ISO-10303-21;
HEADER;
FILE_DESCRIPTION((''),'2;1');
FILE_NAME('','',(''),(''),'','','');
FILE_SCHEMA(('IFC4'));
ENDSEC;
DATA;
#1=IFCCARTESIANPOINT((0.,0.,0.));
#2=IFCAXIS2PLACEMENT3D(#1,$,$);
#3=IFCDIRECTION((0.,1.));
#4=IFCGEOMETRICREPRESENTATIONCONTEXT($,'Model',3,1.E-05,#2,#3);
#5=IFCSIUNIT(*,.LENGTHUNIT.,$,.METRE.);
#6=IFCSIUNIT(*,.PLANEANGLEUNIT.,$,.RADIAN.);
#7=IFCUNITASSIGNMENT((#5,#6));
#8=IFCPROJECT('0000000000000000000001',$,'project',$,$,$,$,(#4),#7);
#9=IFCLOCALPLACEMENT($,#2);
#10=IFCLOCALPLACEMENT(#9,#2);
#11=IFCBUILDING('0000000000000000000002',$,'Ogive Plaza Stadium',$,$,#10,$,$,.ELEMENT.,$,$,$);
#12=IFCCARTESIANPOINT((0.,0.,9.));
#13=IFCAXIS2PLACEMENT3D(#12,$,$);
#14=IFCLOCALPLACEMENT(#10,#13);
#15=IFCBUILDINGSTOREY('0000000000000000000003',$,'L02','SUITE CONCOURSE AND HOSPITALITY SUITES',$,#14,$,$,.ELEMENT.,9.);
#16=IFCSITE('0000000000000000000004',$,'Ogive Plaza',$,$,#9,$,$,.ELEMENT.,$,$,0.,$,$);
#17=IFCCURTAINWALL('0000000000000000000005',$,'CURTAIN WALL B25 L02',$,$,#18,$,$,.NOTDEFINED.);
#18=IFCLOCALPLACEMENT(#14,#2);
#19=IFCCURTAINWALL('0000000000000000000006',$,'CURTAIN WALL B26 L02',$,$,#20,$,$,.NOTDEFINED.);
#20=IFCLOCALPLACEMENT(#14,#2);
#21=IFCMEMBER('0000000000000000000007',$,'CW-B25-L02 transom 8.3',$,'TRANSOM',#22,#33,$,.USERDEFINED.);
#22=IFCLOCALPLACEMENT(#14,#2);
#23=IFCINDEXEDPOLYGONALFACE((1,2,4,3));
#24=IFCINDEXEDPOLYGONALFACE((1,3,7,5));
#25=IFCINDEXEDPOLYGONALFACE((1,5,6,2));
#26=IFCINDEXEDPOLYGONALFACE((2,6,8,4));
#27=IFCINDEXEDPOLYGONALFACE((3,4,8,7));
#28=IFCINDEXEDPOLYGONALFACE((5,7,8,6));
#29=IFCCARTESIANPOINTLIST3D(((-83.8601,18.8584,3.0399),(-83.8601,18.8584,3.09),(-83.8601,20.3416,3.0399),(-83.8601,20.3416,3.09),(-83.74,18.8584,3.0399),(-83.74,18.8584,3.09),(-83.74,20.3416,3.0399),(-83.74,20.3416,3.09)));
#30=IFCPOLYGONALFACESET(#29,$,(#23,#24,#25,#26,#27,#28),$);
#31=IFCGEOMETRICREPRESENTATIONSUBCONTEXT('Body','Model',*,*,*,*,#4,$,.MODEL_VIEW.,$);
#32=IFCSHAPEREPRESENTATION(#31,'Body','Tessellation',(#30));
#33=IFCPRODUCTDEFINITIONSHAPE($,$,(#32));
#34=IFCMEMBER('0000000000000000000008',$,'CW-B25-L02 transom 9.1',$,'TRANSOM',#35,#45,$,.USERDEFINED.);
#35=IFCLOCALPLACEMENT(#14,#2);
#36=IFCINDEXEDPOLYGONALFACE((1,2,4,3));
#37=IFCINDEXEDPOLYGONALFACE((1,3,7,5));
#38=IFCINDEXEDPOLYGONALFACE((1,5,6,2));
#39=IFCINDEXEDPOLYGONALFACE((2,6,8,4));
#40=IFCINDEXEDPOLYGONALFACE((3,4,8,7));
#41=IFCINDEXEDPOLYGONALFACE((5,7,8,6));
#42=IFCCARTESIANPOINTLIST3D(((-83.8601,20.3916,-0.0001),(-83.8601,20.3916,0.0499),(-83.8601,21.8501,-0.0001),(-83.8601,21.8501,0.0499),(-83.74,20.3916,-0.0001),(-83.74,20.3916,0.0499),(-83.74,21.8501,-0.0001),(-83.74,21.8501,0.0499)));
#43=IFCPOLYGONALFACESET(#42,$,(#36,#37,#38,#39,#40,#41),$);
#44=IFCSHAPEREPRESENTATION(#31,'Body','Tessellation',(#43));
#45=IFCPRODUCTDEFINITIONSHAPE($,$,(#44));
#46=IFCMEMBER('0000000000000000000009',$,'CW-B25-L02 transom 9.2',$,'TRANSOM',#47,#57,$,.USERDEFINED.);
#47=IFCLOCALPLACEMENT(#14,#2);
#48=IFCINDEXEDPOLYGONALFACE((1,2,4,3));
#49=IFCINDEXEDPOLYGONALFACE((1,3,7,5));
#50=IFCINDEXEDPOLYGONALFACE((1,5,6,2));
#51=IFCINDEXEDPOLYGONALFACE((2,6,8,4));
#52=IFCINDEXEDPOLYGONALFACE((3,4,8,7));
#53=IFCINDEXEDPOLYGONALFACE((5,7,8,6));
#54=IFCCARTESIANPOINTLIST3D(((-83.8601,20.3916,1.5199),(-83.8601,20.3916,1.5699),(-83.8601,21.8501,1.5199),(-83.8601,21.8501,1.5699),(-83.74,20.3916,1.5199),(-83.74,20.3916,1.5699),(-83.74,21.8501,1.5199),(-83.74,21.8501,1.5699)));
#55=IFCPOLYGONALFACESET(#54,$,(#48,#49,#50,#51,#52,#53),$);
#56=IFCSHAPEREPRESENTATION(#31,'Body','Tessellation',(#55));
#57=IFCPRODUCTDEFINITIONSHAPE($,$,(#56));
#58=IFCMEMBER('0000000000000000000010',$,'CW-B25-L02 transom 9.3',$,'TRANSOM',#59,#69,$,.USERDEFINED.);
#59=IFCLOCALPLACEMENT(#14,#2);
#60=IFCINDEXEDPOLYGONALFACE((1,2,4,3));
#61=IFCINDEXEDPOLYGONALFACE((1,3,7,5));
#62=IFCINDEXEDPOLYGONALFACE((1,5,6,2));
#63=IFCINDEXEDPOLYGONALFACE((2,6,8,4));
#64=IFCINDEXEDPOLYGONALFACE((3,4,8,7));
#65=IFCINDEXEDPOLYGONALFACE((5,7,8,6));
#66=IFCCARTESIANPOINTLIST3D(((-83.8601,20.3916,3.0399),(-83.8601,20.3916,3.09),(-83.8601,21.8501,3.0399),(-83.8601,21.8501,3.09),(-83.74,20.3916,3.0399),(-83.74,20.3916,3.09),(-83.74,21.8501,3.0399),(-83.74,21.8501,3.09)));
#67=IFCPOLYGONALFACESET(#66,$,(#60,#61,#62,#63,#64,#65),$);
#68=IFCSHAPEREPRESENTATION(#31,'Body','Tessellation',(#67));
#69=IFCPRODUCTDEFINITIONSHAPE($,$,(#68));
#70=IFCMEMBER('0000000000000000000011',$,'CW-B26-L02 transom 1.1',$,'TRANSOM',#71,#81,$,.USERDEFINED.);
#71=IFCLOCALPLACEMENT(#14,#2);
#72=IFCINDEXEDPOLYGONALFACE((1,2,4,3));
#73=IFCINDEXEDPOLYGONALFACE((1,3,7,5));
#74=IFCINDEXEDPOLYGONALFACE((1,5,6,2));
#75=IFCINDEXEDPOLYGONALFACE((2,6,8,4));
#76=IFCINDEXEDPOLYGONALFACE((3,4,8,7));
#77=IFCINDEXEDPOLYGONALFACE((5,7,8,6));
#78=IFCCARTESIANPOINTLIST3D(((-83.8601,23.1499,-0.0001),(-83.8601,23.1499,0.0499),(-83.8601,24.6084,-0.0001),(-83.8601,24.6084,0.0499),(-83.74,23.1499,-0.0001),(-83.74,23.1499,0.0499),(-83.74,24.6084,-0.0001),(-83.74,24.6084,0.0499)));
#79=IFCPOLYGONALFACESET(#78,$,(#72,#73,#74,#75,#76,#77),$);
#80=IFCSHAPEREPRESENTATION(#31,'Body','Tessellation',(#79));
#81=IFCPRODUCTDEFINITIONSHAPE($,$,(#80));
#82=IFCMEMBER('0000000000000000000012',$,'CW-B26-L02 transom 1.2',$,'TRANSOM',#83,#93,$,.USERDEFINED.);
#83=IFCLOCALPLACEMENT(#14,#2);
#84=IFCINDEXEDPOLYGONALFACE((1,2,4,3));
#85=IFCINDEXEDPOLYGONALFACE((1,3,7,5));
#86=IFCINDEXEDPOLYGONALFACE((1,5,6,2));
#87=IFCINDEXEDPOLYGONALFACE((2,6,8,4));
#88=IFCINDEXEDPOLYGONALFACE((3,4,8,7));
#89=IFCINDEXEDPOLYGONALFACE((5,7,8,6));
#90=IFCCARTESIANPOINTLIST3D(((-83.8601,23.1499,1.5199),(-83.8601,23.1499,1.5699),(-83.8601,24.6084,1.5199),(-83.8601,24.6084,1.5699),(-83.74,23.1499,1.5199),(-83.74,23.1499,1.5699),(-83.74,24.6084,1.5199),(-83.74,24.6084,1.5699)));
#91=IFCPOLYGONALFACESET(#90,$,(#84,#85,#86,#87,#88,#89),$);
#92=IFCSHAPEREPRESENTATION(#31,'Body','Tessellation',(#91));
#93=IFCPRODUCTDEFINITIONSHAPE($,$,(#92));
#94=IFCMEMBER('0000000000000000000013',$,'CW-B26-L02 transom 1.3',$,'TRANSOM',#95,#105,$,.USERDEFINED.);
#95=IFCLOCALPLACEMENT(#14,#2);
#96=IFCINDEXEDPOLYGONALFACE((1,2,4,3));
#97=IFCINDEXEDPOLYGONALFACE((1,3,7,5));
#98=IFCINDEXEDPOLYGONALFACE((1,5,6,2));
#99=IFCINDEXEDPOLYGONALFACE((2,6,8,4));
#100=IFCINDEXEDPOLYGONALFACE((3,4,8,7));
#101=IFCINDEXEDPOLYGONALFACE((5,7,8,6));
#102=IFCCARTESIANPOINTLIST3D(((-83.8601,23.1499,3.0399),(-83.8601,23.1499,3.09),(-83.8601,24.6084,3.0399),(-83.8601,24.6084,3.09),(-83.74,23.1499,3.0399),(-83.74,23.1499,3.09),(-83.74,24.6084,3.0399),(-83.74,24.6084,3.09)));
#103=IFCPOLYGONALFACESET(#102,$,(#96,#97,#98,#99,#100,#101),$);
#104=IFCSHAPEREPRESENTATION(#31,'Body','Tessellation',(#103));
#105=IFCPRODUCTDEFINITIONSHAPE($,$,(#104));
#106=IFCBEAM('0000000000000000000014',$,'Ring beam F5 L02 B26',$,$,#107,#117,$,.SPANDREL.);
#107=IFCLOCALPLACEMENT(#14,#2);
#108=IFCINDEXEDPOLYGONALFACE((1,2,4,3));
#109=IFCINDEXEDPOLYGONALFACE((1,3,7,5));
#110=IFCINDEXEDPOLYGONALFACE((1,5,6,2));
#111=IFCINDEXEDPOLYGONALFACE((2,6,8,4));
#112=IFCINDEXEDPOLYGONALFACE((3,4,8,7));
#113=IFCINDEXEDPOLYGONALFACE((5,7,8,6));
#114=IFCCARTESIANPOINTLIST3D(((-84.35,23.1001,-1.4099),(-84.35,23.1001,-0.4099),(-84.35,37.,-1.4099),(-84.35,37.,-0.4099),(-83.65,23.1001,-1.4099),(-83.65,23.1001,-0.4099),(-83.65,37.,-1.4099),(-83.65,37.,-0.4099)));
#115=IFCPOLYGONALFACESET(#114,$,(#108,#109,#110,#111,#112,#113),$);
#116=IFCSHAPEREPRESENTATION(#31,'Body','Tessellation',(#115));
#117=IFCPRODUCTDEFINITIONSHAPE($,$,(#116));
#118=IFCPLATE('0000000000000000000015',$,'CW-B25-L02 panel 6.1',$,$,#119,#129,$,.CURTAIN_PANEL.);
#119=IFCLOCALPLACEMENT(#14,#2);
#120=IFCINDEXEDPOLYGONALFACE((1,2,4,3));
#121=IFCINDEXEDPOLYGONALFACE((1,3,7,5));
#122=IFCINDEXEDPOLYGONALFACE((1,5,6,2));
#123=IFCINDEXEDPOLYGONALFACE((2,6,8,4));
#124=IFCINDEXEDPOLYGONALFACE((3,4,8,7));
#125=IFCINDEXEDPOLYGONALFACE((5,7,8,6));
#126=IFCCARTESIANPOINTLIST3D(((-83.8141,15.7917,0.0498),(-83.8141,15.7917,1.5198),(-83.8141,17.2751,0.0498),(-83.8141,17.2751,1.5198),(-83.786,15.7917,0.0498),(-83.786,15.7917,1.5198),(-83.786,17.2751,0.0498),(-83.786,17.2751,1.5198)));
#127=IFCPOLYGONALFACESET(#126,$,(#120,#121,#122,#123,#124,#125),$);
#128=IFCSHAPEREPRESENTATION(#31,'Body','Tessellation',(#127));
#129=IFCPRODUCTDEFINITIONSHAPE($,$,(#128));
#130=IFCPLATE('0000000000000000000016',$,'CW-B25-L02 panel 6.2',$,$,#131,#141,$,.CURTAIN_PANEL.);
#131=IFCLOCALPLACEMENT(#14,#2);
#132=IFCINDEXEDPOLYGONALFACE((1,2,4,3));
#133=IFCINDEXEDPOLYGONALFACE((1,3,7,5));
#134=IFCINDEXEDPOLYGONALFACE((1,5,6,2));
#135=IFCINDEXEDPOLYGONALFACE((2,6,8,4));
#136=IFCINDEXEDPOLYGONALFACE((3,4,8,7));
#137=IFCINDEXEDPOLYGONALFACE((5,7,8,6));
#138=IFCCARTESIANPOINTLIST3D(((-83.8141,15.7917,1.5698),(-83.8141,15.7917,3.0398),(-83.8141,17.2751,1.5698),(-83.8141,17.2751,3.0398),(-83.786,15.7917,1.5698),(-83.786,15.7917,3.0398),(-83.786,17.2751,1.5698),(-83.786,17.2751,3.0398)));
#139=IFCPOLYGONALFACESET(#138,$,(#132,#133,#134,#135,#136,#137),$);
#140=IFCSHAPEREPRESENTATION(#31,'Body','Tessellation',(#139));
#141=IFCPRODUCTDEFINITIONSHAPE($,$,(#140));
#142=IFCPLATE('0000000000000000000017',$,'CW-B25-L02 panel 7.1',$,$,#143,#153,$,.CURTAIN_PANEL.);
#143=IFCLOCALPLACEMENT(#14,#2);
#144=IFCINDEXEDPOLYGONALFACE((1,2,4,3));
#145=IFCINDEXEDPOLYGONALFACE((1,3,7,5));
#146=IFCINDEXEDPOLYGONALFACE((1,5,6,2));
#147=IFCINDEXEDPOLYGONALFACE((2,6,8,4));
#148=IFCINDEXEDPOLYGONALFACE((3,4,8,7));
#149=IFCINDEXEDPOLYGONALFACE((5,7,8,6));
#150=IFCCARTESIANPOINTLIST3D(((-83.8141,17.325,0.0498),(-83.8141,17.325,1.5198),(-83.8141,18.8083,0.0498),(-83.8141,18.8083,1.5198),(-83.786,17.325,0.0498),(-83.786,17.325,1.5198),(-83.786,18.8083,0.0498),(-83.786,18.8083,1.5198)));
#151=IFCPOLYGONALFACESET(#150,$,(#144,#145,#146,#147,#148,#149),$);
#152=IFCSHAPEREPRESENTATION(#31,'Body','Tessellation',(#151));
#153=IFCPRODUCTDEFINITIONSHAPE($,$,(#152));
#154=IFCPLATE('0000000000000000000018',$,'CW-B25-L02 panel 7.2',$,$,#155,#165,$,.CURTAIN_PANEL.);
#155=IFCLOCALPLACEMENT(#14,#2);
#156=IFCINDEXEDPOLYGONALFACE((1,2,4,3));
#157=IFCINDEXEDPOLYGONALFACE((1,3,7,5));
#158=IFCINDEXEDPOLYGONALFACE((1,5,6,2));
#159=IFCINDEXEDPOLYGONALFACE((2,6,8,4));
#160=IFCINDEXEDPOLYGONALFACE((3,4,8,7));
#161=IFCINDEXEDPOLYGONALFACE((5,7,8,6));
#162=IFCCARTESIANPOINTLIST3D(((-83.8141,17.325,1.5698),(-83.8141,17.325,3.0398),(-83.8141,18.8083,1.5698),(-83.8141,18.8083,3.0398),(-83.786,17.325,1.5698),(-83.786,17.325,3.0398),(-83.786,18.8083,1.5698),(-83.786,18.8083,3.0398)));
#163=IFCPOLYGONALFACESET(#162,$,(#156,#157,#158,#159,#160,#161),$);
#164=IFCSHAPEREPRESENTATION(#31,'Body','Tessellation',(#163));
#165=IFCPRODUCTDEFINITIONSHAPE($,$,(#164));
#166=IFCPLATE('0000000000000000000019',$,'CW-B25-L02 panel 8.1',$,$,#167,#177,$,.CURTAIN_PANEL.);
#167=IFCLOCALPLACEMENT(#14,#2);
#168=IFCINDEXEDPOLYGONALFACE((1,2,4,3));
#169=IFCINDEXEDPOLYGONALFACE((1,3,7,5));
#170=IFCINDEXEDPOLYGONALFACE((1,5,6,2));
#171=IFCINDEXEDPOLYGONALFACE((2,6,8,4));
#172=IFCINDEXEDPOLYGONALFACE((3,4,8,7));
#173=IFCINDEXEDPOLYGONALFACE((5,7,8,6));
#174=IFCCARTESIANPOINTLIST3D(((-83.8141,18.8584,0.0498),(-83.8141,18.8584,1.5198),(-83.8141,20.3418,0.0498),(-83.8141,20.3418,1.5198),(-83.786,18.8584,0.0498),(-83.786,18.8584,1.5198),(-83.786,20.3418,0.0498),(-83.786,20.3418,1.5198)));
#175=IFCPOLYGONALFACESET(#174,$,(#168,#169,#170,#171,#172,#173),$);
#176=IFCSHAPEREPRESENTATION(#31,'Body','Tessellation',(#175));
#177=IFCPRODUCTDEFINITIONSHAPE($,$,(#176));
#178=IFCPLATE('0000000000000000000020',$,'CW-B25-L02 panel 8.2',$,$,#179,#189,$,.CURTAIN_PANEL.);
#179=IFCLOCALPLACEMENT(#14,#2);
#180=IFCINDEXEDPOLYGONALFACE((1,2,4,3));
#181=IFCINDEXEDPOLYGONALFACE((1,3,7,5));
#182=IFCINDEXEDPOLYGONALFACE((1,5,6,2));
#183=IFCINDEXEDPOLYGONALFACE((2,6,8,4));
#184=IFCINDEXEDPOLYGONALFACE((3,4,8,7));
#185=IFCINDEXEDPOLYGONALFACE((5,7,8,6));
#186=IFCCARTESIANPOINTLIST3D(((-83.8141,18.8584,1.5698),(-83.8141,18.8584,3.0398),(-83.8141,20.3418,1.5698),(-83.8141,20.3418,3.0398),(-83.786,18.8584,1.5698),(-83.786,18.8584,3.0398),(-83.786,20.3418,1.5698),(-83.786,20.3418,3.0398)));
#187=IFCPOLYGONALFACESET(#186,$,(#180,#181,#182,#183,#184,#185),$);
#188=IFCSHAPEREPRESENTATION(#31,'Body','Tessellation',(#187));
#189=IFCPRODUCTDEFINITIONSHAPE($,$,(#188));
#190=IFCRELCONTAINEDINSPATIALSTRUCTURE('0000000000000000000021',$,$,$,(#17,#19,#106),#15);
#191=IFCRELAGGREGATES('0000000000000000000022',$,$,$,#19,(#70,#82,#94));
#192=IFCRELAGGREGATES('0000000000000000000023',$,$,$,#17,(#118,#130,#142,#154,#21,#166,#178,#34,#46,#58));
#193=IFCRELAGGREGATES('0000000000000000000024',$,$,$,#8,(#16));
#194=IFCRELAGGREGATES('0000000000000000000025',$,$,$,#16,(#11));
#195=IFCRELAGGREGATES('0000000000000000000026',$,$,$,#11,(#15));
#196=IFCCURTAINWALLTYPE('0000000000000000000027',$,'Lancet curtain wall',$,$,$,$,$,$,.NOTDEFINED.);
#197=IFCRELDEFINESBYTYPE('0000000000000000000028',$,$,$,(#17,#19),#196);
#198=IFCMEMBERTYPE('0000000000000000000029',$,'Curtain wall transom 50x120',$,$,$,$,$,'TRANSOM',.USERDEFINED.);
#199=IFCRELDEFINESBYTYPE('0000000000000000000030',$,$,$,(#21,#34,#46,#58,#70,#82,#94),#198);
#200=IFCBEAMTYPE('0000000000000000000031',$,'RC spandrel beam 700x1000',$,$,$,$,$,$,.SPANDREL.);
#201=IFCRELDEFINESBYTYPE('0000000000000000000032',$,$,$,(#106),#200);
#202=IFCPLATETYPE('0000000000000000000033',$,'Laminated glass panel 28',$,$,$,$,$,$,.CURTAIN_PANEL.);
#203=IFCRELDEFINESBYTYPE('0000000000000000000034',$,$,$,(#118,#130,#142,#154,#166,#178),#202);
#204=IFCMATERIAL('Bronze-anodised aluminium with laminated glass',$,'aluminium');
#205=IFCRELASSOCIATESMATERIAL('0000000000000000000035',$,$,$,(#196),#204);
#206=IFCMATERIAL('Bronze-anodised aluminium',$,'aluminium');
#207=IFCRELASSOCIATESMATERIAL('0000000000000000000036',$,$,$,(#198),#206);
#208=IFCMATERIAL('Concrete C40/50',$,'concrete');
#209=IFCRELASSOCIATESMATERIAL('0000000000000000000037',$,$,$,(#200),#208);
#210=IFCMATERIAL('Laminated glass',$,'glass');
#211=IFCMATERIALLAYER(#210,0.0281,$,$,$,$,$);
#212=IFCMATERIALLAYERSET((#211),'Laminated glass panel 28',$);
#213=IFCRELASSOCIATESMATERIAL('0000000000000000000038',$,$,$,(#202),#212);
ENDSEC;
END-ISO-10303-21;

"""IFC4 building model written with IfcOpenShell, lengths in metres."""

from ifc_helpers import new_model, si_unit, direction, frame, origin, origin_2d, place, context, subcontext, project, spatial, rectangle, extrude, material, layer, layer_set, material_profile, profile_set, type_object, element, aggregate, save


model = new_model("IFC4")

# Units and contexts
model_context = context("Model", 3, precision=1e-05, world=origin(), true_north=direction((0.0, 1.0)))
body_context = subcontext(model_context, "Body", "Model", "MODEL_VIEW")
ifc_project = project(units=[si_unit("LENGTHUNIT", "METRE"), si_unit("PLANEANGLEUNIT", "RADIAN")], contexts=[model_context])

# Site, building, storey
site_placement = place(None, origin())
site = spatial("IfcSite", under=ifc_project, at=site_placement, Name="Ogive Plaza", CompositionType="ELEMENT", RefElevation=0.0)
building_placement = place(site_placement, origin())
building = spatial("IfcBuilding", under=site, at=building_placement, Name="Ogive Plaza Stadium", CompositionType="ELEMENT")
storey_placement = place(building_placement, frame((0.0, 0.0, 9.0)))
storey = spatial("IfcBuildingStorey", under=building, at=storey_placement, Name="L02", Description="SUITE CONCOURSE AND HOSPITALITY SUITES", CompositionType="ELEMENT", Elevation=9.0)

# Curtain wall
ifc_material_1 = material(Name="Bronze-anodised aluminium with laminated glass", Category="aluminium")
curtain_wall_type = type_object("IfcCurtainWallType", Name="Lancet curtain wall", PredefinedType="NOTDEFINED", material=ifc_material_1)
curtain_wall_1_placement = place(storey_placement, origin())
curtain_wall_1 = element("IfcCurtainWall", 1, at=curtain_wall_1_placement, inside=storey, type_object=curtain_wall_type, Name="CURTAIN WALL B25 L02", PredefinedType="NOTDEFINED")

# Curtain wall
curtain_wall_2_placement = place(storey_placement, origin())
curtain_wall_2 = element("IfcCurtainWall", 2, at=curtain_wall_2_placement, inside=storey, type_object=curtain_wall_type, Name="CURTAIN WALL B26 L02", PredefinedType="NOTDEFINED")

# Members
ifc_material_2 = material(Name="Bronze-anodised aluminium", Category="aluminium")
ifc_material_profile_1 = material_profile(ifc_material_2, rectangle(XDim=0.1201, YDim=0.05, at=origin_2d()), Name="AL 120x50")
ifc_profile_set_1 = profile_set([ifc_material_profile_1], Name="Bronze-anodised aluminium")
member_type_1 = type_object("IfcMemberType", Name="Curtain wall transom 50x120", ElementType="TRANSOM", PredefinedType="USERDEFINED", material=ifc_profile_set_1)
member_1_placement = place(storey_placement, frame((-83.8, 18.8584, 3.0649), z_axis=(0.0, 1.0, 0.0), x_axis=(-1.0, 0.0, 0.0)))
member_1 = element("IfcMember", 3, at=member_1_placement, type_object=member_type_1, Name="CW-B25-L02 transom 8.3", ObjectType="TRANSOM", PredefinedType="USERDEFINED", context=body_context, shape_type="SweptSolid", body=[
    extrude(rectangle(XDim=0.1201, YDim=0.05, at=origin_2d()), origin(), (0.0, 0.0, 1.0), 1.4832),
])
member_2_placement = place(storey_placement, frame((-83.8, 20.3916, 0.0249), z_axis=(0.0, 1.0, 0.0), x_axis=(-1.0, 0.0, 0.0)))
member_2 = element("IfcMember", 4, at=member_2_placement, type_object=member_type_1, Name="CW-B25-L02 transom 9.1", ObjectType="TRANSOM", PredefinedType="USERDEFINED", context=body_context, shape_type="SweptSolid", body=[
    extrude(rectangle(XDim=0.1201, YDim=0.05, at=origin_2d()), origin(), (0.0, 0.0, 1.0), 1.4585),
])
member_3_placement = place(storey_placement, frame((-83.8, 20.3916, 1.5449), z_axis=(0.0, 1.0, 0.0), x_axis=(-1.0, 0.0, 0.0)))
member_3 = element("IfcMember", 5, at=member_3_placement, type_object=member_type_1, Name="CW-B25-L02 transom 9.2", ObjectType="TRANSOM", PredefinedType="USERDEFINED", context=body_context, shape_type="SweptSolid", body=[
    extrude(rectangle(XDim=0.1201, YDim=0.05, at=origin_2d()), origin(), (0.0, 0.0, 1.0), 1.4585),
])
member_4_placement = place(storey_placement, frame((-83.8, 20.3916, 3.0649), z_axis=(0.0, 1.0, 0.0), x_axis=(-1.0, 0.0, 0.0)))
member_4 = element("IfcMember", 6, at=member_4_placement, type_object=member_type_1, Name="CW-B25-L02 transom 9.3", ObjectType="TRANSOM", PredefinedType="USERDEFINED", context=body_context, shape_type="SweptSolid", body=[
    extrude(rectangle(XDim=0.1201, YDim=0.05, at=origin_2d()), origin(), (0.0, 0.0, 1.0), 1.4585),
])
member_5_placement = place(storey_placement, frame((-83.8, 23.1499, 0.0249), z_axis=(0.0, 1.0, 0.0), x_axis=(-1.0, 0.0, 0.0)))
member_5 = element("IfcMember", 7, at=member_5_placement, type_object=member_type_1, Name="CW-B26-L02 transom 1.1", ObjectType="TRANSOM", PredefinedType="USERDEFINED", context=body_context, shape_type="SweptSolid", body=[
    extrude(rectangle(XDim=0.1201, YDim=0.05, at=origin_2d()), origin(), (0.0, 0.0, 1.0), 1.4585),
])
member_6_placement = place(storey_placement, frame((-83.8, 23.1499, 1.5449), z_axis=(0.0, 1.0, 0.0), x_axis=(-1.0, 0.0, 0.0)))
member_6 = element("IfcMember", 8, at=member_6_placement, type_object=member_type_1, Name="CW-B26-L02 transom 1.2", ObjectType="TRANSOM", PredefinedType="USERDEFINED", context=body_context, shape_type="SweptSolid", body=[
    extrude(rectangle(XDim=0.1201, YDim=0.05, at=origin_2d()), origin(), (0.0, 0.0, 1.0), 1.4585),
])
member_7_placement = place(storey_placement, frame((-83.8, 23.1499, 3.0649), z_axis=(0.0, 1.0, 0.0), x_axis=(-1.0, 0.0, 0.0)))
member_7 = element("IfcMember", 9, at=member_7_placement, type_object=member_type_1, Name="CW-B26-L02 transom 1.3", ObjectType="TRANSOM", PredefinedType="USERDEFINED", context=body_context, shape_type="SweptSolid", body=[
    extrude(rectangle(XDim=0.1201, YDim=0.05, at=origin_2d()), origin(), (0.0, 0.0, 1.0), 1.4585),
])
aggregate(curtain_wall_2, [member_5, member_6, member_7])

# Beam
ifc_material_3 = material(Name="Concrete C40/50", Category="concrete")
ifc_material_profile_2 = material_profile(ifc_material_3, rectangle(XDim=0.7, YDim=1.0, at=origin_2d()), Name="RC 700x1000")
ifc_profile_set_2 = profile_set([ifc_material_profile_2], Name="Concrete C40/50")
beam_type = type_object("IfcBeamType", Name="RC spandrel beam 700x1000", PredefinedType="SPANDREL", material=ifc_profile_set_2)
beam_placement = place(storey_placement, frame((-84.0, 23.1001, -0.9099), z_axis=(0.0, 1.0, 0.0), x_axis=(-1.0, 0.0, 0.0)))
element("IfcBeam", 10, at=beam_placement, inside=storey, type_object=beam_type, Name="Ring beam F5 L02 B26", PredefinedType="SPANDREL", context=body_context, shape_type="SweptSolid", body=[
    extrude(rectangle(XDim=0.7, YDim=1.0, at=origin_2d()), origin(), (0.0, 0.0, 1.0), 13.8999),
])

# Plates
ifc_material_4 = material(Name="Laminated glass", Category="glass")
ifc_layer = layer(ifc_material_4, 0.0281)
ifc_layer_set = layer_set([ifc_layer], Name="Laminated glass panel 28")
plate_type = type_object("IfcPlateType", Name="Laminated glass panel 28", PredefinedType="CURTAIN_PANEL", material=ifc_layer_set)
plate_1_placement = place(storey_placement, frame((-83.8, 16.5334, 0.0498), z_axis=(0.0, 0.0, 1.0), x_axis=(0.0, 1.0, 0.0)))
plate_1 = element("IfcPlate", 11, at=plate_1_placement, type_object=plate_type, Name="CW-B25-L02 panel 6.1", PredefinedType="CURTAIN_PANEL", context=body_context, shape_type="SweptSolid", body=[
    extrude(rectangle(XDim=1.4834, YDim=0.0281, at=origin_2d()), origin(), (0.0, 0.0, 1.0), 1.47),
])
plate_2_placement = place(storey_placement, frame((-83.8, 16.5334, 1.5698), z_axis=(0.0, 0.0, 1.0), x_axis=(0.0, 1.0, 0.0)))
plate_2 = element("IfcPlate", 12, at=plate_2_placement, type_object=plate_type, Name="CW-B25-L02 panel 6.2", PredefinedType="CURTAIN_PANEL", context=body_context, shape_type="SweptSolid", body=[
    extrude(rectangle(XDim=1.4834, YDim=0.0281, at=origin_2d()), origin(), (0.0, 0.0, 1.0), 1.47),
])
plate_3_placement = place(storey_placement, frame((-83.8, 18.0667, 0.0498), z_axis=(0.0, 0.0, 1.0), x_axis=(0.0, 1.0, 0.0)))
plate_3 = element("IfcPlate", 13, at=plate_3_placement, type_object=plate_type, Name="CW-B25-L02 panel 7.1", PredefinedType="CURTAIN_PANEL", context=body_context, shape_type="SweptSolid", body=[
    extrude(rectangle(XDim=1.4834, YDim=0.0281, at=origin_2d()), origin(), (0.0, 0.0, 1.0), 1.47),
])
plate_4_placement = place(storey_placement, frame((-83.8, 18.0667, 1.5698), z_axis=(0.0, 0.0, 1.0), x_axis=(0.0, 1.0, 0.0)))
plate_4 = element("IfcPlate", 14, at=plate_4_placement, type_object=plate_type, Name="CW-B25-L02 panel 7.2", PredefinedType="CURTAIN_PANEL", context=body_context, shape_type="SweptSolid", body=[
    extrude(rectangle(XDim=1.4834, YDim=0.0281, at=origin_2d()), origin(), (0.0, 0.0, 1.0), 1.47),
])
plate_5_placement = place(storey_placement, frame((-83.8, 19.6001, 0.0498), z_axis=(0.0, 0.0, 1.0), x_axis=(0.0, 1.0, 0.0)))
plate_5 = element("IfcPlate", 15, at=plate_5_placement, type_object=plate_type, Name="CW-B25-L02 panel 8.1", PredefinedType="CURTAIN_PANEL", context=body_context, shape_type="SweptSolid", body=[
    extrude(rectangle(XDim=1.4834, YDim=0.0281, at=origin_2d()), origin(), (0.0, 0.0, 1.0), 1.47),
])
plate_6_placement = place(storey_placement, frame((-83.8, 19.6001, 1.5698), z_axis=(0.0, 0.0, 1.0), x_axis=(0.0, 1.0, 0.0)))
plate_6 = element("IfcPlate", 16, at=plate_6_placement, type_object=plate_type, Name="CW-B25-L02 panel 8.2", PredefinedType="CURTAIN_PANEL", context=body_context, shape_type="SweptSolid", body=[
    extrude(rectangle(XDim=1.4834, YDim=0.0281, at=origin_2d()), origin(), (0.0, 0.0, 1.0), 1.47),
])
aggregate(curtain_wall_1, [plate_1, plate_2, plate_3, plate_4, member_1, plate_5, plate_6, member_2, member_3, member_4])

save(model, "model.ifc")
